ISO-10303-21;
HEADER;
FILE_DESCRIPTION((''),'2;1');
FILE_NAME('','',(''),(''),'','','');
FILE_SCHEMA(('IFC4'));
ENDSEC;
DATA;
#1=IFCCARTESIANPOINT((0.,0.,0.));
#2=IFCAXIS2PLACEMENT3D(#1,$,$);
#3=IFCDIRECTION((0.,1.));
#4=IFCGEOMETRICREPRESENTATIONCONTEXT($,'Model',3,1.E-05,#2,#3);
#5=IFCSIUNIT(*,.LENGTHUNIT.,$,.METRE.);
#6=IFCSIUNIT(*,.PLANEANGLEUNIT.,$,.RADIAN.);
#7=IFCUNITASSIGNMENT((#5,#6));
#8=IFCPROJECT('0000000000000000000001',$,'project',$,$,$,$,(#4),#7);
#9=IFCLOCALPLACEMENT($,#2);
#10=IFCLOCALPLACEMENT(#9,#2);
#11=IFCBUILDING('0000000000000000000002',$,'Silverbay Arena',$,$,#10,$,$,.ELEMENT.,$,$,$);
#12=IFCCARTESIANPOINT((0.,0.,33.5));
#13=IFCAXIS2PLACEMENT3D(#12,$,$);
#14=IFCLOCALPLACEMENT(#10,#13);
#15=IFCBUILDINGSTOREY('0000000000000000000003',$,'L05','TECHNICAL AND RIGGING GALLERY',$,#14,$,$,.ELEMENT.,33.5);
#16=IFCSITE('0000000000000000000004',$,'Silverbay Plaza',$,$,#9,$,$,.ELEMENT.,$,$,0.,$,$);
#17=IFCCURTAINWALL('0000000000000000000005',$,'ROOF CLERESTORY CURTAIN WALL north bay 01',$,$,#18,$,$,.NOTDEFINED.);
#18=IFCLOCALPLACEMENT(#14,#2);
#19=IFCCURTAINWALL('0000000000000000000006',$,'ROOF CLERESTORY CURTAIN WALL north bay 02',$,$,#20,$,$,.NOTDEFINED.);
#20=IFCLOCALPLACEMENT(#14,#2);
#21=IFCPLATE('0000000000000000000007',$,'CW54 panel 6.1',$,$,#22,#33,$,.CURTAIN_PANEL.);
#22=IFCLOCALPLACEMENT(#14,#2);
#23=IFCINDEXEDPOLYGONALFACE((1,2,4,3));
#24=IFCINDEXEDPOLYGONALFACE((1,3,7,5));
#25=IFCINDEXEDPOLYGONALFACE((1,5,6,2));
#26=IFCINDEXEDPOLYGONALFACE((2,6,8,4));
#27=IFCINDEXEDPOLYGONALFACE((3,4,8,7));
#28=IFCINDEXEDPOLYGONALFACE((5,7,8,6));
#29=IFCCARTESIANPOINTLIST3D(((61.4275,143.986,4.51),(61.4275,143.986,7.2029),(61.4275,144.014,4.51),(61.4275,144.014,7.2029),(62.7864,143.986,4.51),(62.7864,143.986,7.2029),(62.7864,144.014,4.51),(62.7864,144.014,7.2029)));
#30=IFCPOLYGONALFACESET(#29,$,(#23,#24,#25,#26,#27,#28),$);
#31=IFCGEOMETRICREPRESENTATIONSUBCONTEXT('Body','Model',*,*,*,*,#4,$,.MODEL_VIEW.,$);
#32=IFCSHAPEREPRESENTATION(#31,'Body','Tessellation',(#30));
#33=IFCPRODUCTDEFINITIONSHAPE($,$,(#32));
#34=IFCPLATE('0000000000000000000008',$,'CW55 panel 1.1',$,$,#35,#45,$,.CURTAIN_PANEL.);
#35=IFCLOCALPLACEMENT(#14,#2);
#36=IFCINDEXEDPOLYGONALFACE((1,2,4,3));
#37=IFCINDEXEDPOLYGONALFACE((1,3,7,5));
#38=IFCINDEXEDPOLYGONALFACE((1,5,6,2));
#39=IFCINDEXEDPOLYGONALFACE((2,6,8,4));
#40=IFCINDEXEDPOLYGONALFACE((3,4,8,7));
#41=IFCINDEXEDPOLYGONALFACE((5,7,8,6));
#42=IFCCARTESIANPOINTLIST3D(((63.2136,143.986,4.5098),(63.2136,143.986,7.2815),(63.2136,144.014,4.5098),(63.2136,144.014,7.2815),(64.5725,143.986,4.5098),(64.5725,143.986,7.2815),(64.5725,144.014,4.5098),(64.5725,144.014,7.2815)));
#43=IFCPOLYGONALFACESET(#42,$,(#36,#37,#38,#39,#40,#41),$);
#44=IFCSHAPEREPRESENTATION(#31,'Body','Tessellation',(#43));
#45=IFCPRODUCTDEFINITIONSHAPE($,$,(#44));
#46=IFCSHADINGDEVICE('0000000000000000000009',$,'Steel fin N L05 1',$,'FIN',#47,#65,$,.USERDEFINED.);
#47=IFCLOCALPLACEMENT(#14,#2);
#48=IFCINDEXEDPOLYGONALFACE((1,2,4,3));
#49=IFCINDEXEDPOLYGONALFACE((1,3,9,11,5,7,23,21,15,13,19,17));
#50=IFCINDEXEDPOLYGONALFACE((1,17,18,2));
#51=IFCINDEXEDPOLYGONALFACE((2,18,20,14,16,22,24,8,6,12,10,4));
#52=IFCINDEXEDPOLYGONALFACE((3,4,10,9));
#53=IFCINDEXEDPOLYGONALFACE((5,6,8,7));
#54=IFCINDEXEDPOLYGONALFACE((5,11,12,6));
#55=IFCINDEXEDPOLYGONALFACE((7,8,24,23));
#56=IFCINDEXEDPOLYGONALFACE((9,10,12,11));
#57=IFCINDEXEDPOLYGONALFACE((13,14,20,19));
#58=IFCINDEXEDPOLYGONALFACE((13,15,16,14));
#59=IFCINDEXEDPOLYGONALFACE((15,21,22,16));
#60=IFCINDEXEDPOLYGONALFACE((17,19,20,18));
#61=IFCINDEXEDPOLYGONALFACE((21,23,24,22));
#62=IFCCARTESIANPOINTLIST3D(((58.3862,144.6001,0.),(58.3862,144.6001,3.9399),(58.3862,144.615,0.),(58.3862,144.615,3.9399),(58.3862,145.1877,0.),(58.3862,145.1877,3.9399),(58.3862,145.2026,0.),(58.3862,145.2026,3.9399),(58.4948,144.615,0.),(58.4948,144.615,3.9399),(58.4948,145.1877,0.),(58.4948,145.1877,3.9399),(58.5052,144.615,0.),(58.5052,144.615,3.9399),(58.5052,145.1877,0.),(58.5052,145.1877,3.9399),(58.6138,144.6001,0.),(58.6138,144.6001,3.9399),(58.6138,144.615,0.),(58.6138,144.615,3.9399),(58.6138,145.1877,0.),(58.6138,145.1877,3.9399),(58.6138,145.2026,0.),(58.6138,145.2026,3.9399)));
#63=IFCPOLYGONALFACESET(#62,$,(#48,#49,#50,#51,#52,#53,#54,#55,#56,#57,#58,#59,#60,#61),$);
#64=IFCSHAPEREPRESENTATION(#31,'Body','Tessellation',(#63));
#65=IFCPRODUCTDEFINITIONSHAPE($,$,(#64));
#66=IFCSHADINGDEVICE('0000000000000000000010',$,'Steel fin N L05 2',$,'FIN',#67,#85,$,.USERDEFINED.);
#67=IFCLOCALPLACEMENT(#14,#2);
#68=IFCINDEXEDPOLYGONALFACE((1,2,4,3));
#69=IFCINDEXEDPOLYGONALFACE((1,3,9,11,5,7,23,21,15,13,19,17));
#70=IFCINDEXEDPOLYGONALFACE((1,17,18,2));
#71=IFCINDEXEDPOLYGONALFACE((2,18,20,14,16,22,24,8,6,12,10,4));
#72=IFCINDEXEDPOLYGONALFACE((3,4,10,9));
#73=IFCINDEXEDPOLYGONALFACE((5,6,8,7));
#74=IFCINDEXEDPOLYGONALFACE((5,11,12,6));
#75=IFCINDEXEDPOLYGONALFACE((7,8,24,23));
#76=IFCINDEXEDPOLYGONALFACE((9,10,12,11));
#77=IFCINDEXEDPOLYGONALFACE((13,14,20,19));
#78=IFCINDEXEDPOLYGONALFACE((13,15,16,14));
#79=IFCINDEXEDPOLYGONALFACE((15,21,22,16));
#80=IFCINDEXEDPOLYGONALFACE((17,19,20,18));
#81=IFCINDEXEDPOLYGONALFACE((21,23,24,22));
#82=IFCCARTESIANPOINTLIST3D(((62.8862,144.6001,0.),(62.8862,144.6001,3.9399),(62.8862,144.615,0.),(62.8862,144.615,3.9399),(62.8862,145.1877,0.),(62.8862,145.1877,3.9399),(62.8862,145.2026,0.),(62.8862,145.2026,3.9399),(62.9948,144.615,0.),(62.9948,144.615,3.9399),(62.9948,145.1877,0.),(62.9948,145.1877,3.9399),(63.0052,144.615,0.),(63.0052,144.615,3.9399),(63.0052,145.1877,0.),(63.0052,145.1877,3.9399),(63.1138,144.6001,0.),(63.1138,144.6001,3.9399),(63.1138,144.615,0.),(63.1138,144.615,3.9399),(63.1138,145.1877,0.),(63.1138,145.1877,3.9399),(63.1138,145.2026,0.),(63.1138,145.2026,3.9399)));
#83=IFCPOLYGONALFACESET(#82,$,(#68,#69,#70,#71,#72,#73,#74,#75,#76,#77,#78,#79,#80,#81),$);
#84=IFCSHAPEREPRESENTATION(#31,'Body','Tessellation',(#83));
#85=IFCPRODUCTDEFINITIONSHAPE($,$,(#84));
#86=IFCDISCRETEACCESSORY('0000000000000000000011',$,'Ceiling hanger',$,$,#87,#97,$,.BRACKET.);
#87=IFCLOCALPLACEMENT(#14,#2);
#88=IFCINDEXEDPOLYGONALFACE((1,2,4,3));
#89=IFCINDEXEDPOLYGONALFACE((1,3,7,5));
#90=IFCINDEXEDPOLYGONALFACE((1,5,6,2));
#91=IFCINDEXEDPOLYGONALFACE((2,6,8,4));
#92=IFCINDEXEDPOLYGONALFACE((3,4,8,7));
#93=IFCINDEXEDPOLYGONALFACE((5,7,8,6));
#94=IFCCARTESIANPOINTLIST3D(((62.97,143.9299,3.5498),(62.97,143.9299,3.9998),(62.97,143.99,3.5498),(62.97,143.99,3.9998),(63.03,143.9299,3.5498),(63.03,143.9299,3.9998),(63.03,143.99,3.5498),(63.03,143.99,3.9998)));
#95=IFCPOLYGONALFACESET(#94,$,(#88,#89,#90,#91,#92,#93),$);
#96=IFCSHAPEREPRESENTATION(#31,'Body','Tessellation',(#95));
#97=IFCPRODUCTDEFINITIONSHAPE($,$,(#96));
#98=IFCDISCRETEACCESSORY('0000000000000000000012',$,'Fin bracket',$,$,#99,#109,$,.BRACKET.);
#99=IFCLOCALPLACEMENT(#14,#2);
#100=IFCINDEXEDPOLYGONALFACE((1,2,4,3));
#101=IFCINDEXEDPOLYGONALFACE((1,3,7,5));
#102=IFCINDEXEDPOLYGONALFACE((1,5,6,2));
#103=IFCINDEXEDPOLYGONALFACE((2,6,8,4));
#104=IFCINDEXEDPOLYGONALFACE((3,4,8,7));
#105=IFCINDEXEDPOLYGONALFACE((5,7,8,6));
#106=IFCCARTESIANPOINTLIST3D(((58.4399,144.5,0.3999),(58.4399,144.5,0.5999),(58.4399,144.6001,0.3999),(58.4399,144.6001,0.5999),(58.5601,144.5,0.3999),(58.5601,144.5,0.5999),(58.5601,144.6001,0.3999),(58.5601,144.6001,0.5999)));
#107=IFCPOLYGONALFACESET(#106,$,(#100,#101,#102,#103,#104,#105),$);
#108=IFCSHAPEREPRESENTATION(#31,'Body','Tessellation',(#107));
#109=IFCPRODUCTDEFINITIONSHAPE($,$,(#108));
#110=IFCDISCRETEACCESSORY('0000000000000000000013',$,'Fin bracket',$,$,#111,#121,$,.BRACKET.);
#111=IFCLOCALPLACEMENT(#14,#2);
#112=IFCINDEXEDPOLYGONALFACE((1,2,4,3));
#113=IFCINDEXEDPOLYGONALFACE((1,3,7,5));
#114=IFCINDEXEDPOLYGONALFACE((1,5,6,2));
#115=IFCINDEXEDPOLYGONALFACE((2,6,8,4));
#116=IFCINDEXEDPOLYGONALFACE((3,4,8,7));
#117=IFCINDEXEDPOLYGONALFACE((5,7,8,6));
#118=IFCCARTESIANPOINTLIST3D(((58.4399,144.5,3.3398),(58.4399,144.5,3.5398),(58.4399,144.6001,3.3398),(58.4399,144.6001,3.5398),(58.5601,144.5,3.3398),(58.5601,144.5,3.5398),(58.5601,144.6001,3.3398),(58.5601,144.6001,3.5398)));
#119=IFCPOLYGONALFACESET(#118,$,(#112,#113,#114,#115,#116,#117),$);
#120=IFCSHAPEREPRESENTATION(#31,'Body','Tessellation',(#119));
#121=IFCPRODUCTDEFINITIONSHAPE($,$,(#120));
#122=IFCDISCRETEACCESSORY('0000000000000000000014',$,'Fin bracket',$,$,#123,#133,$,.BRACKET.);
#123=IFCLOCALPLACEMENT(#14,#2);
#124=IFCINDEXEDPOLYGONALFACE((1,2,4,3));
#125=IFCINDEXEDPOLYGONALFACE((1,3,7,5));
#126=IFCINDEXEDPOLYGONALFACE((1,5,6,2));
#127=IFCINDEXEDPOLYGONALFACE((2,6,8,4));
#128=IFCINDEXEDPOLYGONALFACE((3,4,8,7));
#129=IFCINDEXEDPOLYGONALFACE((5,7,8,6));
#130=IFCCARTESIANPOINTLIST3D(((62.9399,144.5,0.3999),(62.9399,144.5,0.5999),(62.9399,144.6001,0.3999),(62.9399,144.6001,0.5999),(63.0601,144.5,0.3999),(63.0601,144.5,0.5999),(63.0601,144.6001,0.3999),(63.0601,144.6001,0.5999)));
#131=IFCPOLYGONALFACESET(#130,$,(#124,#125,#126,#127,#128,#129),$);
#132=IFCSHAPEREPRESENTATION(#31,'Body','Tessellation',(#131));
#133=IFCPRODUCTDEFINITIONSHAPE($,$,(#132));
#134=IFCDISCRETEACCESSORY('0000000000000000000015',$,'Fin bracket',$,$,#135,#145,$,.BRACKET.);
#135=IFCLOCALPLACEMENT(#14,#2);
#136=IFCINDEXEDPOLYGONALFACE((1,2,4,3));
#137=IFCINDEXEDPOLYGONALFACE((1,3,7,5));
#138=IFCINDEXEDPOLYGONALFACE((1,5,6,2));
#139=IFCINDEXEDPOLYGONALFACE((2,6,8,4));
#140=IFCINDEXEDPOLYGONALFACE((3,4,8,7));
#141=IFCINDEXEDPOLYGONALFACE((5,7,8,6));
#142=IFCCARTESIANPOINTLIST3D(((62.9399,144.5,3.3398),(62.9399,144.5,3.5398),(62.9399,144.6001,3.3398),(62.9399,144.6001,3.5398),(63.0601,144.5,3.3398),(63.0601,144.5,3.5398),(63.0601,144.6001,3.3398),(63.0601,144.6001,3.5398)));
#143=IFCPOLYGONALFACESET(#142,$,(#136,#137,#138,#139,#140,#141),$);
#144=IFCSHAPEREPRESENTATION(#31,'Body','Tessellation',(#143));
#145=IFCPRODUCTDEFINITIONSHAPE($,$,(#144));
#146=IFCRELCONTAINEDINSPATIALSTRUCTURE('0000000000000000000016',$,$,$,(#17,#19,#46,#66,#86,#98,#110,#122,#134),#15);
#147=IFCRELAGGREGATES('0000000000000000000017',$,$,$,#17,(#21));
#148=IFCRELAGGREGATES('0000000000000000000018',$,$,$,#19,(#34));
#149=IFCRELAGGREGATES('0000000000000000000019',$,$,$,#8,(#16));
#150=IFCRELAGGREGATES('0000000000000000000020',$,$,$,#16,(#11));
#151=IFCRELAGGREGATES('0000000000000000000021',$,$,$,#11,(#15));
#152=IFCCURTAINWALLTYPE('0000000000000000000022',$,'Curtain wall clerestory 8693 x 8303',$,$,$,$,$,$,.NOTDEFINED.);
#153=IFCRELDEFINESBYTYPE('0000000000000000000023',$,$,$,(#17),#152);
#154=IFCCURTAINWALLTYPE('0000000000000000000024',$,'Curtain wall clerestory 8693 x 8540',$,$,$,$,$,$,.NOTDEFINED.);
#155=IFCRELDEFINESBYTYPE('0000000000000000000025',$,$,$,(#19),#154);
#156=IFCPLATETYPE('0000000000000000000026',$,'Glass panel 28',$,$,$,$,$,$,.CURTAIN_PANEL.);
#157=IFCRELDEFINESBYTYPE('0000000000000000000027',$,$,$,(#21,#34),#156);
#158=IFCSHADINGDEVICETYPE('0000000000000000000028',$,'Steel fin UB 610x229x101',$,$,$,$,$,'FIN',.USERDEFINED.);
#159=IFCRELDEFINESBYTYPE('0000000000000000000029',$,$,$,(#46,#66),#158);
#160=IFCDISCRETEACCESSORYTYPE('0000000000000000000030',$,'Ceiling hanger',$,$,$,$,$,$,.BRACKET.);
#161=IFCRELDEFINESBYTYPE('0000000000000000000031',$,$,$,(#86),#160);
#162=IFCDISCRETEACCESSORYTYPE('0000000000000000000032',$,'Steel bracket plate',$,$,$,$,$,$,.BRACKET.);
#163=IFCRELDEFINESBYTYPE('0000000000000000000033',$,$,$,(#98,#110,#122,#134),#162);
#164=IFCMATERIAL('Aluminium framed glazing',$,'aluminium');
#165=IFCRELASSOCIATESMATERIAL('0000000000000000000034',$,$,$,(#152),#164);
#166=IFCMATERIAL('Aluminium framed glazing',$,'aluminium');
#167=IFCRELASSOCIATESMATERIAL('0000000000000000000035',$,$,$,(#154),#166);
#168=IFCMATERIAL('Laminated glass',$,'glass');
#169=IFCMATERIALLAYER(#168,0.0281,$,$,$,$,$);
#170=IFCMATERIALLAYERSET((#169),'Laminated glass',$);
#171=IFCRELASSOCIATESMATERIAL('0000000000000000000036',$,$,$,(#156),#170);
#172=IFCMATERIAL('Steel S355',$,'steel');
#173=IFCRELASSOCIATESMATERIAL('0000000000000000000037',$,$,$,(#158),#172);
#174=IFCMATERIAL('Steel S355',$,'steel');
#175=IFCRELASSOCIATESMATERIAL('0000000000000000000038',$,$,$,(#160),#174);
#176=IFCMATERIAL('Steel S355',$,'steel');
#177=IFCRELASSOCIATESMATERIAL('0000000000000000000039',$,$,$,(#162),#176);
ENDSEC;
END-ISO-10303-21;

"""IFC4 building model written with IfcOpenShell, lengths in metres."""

from ifc_helpers import new_model, si_unit, direction, frame, origin, origin_2d, place, context, subcontext, project, spatial, rectangle, i_section, extrude, material, layer, layer_set, material_profile, profile_set, type_object, element, aggregate, save


model = new_model("IFC4")

# Units and contexts
model_context = context("Model", 3, precision=1e-05, world=origin(), true_north=direction((0.0, 1.0)))
body_context = subcontext(model_context, "Body", "Model", "MODEL_VIEW")
ifc_project = project(units=[si_unit("LENGTHUNIT", "METRE"), si_unit("PLANEANGLEUNIT", "RADIAN")], contexts=[model_context])

# Site, building, storey
site_placement = place(None, origin())
site = spatial("IfcSite", under=ifc_project, at=site_placement, Name="Silverbay Plaza", CompositionType="ELEMENT", RefElevation=0.0)
building_placement = place(site_placement, origin())
building = spatial("IfcBuilding", under=site, at=building_placement, Name="Silverbay Arena", CompositionType="ELEMENT")
storey_placement = place(building_placement, frame((0.0, 0.0, 33.5)))
storey = spatial("IfcBuildingStorey", under=building, at=storey_placement, Name="L05", Description="TECHNICAL AND RIGGING GALLERY", CompositionType="ELEMENT", Elevation=33.5)

# Curtain walls
ifc_material_1 = material(Name="Aluminium framed glazing", Category="aluminium")
curtain_wall_type_1 = type_object("IfcCurtainWallType", Name="Curtain wall clerestory 8693 x 8303", PredefinedType="NOTDEFINED", material=ifc_material_1)
curtain_wall_1_placement = place(storey_placement, origin())
curtain_wall_1 = element("IfcCurtainWall", 1, at=curtain_wall_1_placement, inside=storey, type_object=curtain_wall_type_1, Name="ROOF CLERESTORY CURTAIN WALL north bay 01", PredefinedType="NOTDEFINED")
ifc_material_2 = material(Name="Aluminium framed glazing", Category="aluminium")
curtain_wall_type_2 = type_object("IfcCurtainWallType", Name="Curtain wall clerestory 8693 x 8540", PredefinedType="NOTDEFINED", material=ifc_material_2)
curtain_wall_2_placement = place(storey_placement, origin())
curtain_wall_2 = element("IfcCurtainWall", 2, at=curtain_wall_2_placement, inside=storey, type_object=curtain_wall_type_2, Name="ROOF CLERESTORY CURTAIN WALL north bay 02", PredefinedType="NOTDEFINED")

# Plates
ifc_material_3 = material(Name="Laminated glass", Category="glass")
ifc_layer = layer(ifc_material_3, 0.0281)
ifc_layer_set = layer_set([ifc_layer], Name="Laminated glass")
plate_type = type_object("IfcPlateType", Name="Glass panel 28", PredefinedType="CURTAIN_PANEL", material=ifc_layer_set)
plate_1_placement = place(storey_placement, frame((62.1069, 144.0, 4.51), z_axis=(0.0, 0.0, 1.0), x_axis=(1.0, 0.0, 0.0)))
plate_1 = element("IfcPlate", 3, at=plate_1_placement, type_object=plate_type, Name="CW54 panel 6.1", PredefinedType="CURTAIN_PANEL", context=body_context, shape_type="SweptSolid", body=[
    extrude(rectangle(XDim=1.3589, YDim=0.0281, at=origin_2d()), origin(), (0.0, 0.0, 1.0), 2.6929),
])
aggregate(curtain_wall_1, [plate_1])
plate_2_placement = place(storey_placement, frame((63.8931, 144.0, 4.5098), z_axis=(0.0, 0.0, 1.0), x_axis=(1.0, 0.0, 0.0)))
plate_2 = element("IfcPlate", 4, at=plate_2_placement, type_object=plate_type, Name="CW55 panel 1.1", PredefinedType="CURTAIN_PANEL", context=body_context, shape_type="SweptSolid", body=[
    extrude(rectangle(XDim=1.3589, YDim=0.0281, at=origin_2d()), origin(), (0.0, 0.0, 1.0), 2.7717),
])
aggregate(curtain_wall_2, [plate_2])

# Shading devices
ifc_material_4 = material(Name="Steel S355", Category="steel")
ifc_material_profile_1 = material_profile(ifc_material_4, i_section(OverallWidth=0.2275, OverallDepth=0.6025, WebThickness=0.0105, FlangeThickness=0.0149, at=origin_2d()), Name="UB 610x229x101")
ifc_profile_set_1 = profile_set([ifc_material_profile_1], Name="Steel S355")
shading_device_type = type_object("IfcShadingDeviceType", Name="Steel fin UB 610x229x101", ElementType="FIN", PredefinedType="USERDEFINED", material=ifc_profile_set_1)
for number, where, z_axis, x_axis, name in (
    (5, (58.5, 144.9014, 0.0), (0.0, 0.0, 1.0), (1.0, 0.0, 0.0), "Steel fin N L05 1"),
    (6, (63.0, 144.9014, 0.0), (0.0, 0.0, 1.0), (1.0, 0.0, 0.0), "Steel fin N L05 2"),
):
    element("IfcShadingDevice", number, at=place(storey_placement, frame(where, z_axis=z_axis, x_axis=x_axis)), inside=storey, type_object=shading_device_type, Name=name, ObjectType="FIN", PredefinedType="USERDEFINED", context=body_context, shape_type="SweptSolid", body=[
        extrude(i_section(OverallWidth=0.2275, OverallDepth=0.6025, WebThickness=0.0105, FlangeThickness=0.0149, at=origin_2d()), origin(), (0.0, 0.0, 1.0), 3.9399),
    ])

# Discrete accessories
ifc_material_5 = material(Name="Steel S355", Category="steel")
discrete_accessory_type_1 = type_object("IfcDiscreteAccessoryType", Name="Ceiling hanger", PredefinedType="BRACKET", material=ifc_material_5)
discrete_accessory_placement = place(storey_placement, frame((63.0, 143.96, 3.5498), z_axis=(0.0, 0.0, 1.0), x_axis=(1.0, 0.0, 0.0)))
element("IfcDiscreteAccessory", 7, at=discrete_accessory_placement, inside=storey, type_object=discrete_accessory_type_1, Name="Ceiling hanger", PredefinedType="BRACKET", context=body_context, shape_type="SweptSolid", body=[
    extrude(rectangle(XDim=0.0601, YDim=0.0601, at=origin_2d()), origin(), (0.0, 0.0, 1.0), 0.45),
])
ifc_material_6 = material(Name="Steel S355", Category="steel")
discrete_accessory_type_2 = type_object("IfcDiscreteAccessoryType", Name="Steel bracket plate", PredefinedType="BRACKET", material=ifc_material_6)
for number, where, z_axis, x_axis, name in (
    (8, (58.5, 144.55, 0.3999), (0.0, 0.0, 1.0), (1.0, 0.0, 0.0), "Fin bracket"),
    (9, (58.5, 144.55, 3.3398), (0.0, 0.0, 1.0), (1.0, 0.0, 0.0), "Fin bracket"),
    (10, (63.0, 144.55, 0.3999), (0.0, 0.0, 1.0), (1.0, 0.0, 0.0), "Fin bracket"),
    (11, (63.0, 144.55, 3.3398), (0.0, 0.0, 1.0), (1.0, 0.0, 0.0), "Fin bracket"),
):
    element("IfcDiscreteAccessory", number, at=place(storey_placement, frame(where, z_axis=z_axis, x_axis=x_axis)), inside=storey, type_object=discrete_accessory_type_2, Name=name, PredefinedType="BRACKET", context=body_context, shape_type="SweptSolid", body=[
        extrude(rectangle(XDim=0.1201, YDim=0.1001, at=origin_2d()), origin(), (0.0, 0.0, 1.0), 0.2),
    ])

save(model, "model.ifc")
